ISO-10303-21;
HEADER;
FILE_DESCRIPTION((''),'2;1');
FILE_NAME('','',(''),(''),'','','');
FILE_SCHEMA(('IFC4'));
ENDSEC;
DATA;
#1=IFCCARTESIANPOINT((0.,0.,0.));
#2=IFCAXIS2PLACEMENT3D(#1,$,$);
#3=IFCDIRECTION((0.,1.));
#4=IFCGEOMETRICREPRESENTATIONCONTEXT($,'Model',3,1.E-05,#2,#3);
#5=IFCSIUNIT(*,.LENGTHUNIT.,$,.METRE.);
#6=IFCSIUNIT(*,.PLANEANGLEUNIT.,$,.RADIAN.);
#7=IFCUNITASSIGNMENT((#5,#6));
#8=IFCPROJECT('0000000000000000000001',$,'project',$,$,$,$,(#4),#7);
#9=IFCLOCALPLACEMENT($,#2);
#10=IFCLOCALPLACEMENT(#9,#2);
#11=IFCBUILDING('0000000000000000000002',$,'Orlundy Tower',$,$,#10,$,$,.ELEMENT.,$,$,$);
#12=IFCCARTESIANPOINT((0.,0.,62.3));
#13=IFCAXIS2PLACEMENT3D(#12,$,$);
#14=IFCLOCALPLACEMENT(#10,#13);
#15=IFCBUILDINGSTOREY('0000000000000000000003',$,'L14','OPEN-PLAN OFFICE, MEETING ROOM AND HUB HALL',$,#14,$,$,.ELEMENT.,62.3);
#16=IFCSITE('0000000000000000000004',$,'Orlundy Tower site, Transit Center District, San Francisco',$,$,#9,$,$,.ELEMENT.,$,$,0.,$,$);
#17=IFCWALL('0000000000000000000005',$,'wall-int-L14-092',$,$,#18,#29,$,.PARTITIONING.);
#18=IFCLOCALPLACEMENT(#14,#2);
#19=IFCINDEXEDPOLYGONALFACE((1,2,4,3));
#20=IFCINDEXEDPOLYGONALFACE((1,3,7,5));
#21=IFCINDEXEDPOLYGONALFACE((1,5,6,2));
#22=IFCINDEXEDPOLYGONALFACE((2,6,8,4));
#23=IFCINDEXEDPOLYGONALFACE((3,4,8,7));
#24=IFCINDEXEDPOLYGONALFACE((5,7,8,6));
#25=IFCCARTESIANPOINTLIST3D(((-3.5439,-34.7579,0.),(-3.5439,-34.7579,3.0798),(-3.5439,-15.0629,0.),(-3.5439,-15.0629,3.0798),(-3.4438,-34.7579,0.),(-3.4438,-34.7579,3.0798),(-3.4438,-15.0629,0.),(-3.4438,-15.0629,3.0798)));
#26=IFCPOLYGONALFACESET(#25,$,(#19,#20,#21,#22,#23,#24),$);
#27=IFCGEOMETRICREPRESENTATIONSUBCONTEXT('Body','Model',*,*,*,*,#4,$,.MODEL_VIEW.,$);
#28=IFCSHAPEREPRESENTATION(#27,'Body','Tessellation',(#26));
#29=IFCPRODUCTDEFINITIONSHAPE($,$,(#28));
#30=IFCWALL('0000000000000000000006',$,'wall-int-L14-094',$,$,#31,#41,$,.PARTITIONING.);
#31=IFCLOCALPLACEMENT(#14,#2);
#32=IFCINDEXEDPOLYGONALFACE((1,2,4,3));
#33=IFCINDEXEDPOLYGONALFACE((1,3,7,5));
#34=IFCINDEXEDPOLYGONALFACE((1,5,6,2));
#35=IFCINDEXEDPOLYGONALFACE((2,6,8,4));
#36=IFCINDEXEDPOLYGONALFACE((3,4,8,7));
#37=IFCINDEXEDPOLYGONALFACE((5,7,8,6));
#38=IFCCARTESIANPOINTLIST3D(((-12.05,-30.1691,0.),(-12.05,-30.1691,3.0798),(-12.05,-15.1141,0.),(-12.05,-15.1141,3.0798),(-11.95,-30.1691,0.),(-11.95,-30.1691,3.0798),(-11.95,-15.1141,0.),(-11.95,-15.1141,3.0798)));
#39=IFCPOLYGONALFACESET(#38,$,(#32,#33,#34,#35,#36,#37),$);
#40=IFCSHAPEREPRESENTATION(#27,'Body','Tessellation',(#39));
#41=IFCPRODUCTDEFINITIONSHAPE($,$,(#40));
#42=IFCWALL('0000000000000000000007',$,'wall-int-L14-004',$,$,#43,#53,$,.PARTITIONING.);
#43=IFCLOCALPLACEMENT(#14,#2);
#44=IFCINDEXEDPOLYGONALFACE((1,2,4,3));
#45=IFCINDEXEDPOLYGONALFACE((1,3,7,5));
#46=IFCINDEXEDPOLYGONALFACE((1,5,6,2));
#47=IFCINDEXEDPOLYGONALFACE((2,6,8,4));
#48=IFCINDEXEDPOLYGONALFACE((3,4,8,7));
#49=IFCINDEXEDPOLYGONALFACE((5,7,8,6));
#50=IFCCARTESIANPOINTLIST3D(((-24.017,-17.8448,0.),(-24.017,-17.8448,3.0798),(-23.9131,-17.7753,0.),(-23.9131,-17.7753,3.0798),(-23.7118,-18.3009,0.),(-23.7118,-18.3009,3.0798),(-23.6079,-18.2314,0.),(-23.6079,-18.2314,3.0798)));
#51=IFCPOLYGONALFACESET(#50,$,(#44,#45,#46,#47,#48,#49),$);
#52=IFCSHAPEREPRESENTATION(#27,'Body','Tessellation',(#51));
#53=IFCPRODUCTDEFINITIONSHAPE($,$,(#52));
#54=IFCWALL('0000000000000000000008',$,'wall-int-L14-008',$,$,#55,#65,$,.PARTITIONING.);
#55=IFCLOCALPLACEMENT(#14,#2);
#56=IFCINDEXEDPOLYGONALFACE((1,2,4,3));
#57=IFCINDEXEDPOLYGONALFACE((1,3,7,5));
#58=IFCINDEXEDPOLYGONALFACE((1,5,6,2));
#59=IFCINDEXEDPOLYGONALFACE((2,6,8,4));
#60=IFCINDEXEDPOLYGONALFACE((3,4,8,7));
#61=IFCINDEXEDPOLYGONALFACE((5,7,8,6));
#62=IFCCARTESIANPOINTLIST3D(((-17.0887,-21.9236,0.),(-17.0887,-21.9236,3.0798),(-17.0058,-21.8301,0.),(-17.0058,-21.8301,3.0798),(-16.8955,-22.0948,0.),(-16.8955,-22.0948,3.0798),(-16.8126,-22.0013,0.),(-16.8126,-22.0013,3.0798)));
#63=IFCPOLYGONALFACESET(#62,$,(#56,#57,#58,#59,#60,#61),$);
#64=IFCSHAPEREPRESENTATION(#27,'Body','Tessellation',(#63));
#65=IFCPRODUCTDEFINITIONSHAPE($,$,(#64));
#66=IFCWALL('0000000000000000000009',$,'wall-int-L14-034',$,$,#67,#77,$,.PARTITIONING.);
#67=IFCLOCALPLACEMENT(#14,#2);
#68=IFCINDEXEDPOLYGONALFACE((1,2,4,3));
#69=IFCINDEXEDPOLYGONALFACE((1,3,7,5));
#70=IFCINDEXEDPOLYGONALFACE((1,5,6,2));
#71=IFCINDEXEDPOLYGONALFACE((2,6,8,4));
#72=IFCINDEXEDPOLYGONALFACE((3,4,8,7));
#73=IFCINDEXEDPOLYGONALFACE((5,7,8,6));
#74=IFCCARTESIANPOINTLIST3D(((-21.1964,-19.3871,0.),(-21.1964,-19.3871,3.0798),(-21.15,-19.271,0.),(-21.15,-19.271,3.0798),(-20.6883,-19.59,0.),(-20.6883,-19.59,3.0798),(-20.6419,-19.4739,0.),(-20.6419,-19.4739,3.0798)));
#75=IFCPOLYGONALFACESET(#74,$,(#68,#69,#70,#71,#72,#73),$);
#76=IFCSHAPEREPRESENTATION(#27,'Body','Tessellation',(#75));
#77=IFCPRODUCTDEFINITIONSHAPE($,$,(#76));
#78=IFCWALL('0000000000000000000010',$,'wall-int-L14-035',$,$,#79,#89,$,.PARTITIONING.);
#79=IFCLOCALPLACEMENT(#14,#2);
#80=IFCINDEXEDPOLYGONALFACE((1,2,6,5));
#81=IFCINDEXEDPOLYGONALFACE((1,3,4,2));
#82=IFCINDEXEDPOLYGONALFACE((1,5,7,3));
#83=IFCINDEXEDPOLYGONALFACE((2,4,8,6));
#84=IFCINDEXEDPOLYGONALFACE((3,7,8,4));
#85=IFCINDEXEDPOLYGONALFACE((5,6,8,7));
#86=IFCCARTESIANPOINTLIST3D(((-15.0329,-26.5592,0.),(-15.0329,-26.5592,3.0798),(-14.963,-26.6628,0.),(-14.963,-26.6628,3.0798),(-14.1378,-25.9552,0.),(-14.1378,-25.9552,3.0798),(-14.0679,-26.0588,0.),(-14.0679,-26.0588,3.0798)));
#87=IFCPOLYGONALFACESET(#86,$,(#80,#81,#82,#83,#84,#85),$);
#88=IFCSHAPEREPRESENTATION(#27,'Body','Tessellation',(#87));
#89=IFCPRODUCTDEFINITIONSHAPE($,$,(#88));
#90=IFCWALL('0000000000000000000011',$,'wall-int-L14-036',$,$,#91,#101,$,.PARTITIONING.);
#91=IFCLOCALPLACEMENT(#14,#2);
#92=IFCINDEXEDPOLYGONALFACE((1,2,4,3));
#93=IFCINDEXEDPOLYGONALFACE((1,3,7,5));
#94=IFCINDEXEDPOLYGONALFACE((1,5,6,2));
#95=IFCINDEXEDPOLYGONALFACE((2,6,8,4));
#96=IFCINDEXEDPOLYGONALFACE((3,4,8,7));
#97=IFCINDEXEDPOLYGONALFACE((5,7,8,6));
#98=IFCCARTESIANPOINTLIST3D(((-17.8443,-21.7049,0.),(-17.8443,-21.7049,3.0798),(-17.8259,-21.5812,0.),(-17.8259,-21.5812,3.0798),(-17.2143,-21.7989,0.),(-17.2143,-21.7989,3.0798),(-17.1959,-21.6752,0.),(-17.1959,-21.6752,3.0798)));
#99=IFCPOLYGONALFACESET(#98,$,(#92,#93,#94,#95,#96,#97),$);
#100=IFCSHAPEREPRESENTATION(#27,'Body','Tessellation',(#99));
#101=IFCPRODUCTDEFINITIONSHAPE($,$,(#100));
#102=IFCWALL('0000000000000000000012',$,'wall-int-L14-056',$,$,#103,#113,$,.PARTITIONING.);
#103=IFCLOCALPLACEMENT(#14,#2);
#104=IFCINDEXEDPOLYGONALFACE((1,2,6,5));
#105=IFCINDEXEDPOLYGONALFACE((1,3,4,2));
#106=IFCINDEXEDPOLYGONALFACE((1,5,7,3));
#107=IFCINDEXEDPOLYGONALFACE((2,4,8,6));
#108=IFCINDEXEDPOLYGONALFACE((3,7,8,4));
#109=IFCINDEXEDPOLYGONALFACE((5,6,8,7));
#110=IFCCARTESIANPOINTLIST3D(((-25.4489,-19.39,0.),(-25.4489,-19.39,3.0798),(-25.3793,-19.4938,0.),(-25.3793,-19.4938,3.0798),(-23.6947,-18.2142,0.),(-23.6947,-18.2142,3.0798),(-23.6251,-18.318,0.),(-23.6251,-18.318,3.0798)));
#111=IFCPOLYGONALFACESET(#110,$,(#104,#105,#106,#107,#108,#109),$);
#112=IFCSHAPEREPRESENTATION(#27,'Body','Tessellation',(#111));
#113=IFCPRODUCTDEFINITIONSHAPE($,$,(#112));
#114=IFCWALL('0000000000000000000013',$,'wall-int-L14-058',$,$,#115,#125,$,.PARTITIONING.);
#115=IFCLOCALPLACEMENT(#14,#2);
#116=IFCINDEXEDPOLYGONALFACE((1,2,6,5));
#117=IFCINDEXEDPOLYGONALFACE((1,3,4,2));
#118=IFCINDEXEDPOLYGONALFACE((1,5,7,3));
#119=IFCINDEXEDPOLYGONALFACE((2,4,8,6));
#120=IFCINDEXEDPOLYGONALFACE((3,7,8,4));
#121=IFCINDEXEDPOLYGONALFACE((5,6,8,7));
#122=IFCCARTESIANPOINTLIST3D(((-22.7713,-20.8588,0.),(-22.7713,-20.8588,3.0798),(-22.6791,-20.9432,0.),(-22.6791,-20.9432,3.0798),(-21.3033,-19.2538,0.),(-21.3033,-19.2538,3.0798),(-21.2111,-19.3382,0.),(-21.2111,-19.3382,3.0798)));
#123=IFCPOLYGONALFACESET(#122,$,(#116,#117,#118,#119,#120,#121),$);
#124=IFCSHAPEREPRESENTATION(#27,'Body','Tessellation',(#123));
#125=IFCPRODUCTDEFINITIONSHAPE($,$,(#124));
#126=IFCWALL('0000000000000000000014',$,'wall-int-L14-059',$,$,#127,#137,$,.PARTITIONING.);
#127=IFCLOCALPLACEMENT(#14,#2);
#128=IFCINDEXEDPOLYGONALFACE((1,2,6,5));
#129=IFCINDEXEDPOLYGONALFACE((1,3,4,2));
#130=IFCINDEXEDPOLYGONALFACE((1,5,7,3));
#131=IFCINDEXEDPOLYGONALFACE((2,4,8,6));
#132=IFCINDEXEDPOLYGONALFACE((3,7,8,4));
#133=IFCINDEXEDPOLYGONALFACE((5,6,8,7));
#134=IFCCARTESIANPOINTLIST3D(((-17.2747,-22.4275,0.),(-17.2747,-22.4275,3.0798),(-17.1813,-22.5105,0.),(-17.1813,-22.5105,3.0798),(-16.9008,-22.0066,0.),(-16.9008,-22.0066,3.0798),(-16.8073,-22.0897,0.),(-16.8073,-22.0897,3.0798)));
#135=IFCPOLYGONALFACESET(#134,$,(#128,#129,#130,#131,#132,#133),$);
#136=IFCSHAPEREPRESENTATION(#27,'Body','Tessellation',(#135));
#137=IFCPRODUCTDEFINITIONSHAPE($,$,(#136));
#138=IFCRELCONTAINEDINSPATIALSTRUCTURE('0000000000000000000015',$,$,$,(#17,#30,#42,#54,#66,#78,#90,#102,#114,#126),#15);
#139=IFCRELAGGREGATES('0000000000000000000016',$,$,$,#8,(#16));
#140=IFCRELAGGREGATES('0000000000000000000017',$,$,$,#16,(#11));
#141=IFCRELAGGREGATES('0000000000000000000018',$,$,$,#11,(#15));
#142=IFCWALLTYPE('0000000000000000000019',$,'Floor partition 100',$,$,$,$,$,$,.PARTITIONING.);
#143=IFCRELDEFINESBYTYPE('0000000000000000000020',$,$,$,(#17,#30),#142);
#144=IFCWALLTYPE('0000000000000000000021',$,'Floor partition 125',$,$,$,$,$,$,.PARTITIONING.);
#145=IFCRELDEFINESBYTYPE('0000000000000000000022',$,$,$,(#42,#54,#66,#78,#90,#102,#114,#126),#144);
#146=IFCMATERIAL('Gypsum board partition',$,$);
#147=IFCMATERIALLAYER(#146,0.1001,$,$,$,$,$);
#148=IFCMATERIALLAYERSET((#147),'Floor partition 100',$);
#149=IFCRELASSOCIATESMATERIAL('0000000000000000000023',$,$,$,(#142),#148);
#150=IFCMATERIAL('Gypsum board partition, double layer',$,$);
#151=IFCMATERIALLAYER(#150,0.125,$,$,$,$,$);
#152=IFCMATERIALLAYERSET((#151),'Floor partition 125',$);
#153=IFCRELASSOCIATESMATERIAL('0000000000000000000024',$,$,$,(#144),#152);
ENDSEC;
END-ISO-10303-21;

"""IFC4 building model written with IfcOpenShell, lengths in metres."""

from ifc_helpers import new_model, si_unit, direction, frame, frame_2d, origin, place, context, subcontext, project, spatial, rectangle, extrude, material, layer, layer_set, type_object, element, save


model = new_model("IFC4")

# Units and contexts
model_context = context("Model", 3, precision=1e-05, world=origin(), true_north=direction((0.0, 1.0)))
body_context = subcontext(model_context, "Body", "Model", "MODEL_VIEW")
ifc_project = project(units=[si_unit("LENGTHUNIT", "METRE"), si_unit("PLANEANGLEUNIT", "RADIAN")], contexts=[model_context])

# Site, building, storey
site_placement = place(None, origin())
site = spatial("IfcSite", under=ifc_project, at=site_placement, Name="Orlundy Tower site, Transit Center District, San Francisco", CompositionType="ELEMENT", RefElevation=0.0)
building_placement = place(site_placement, origin())
building = spatial("IfcBuilding", under=site, at=building_placement, Name="Orlundy Tower", CompositionType="ELEMENT")
storey_placement = place(building_placement, frame((0.0, 0.0, 62.3)))
storey = spatial("IfcBuildingStorey", under=building, at=storey_placement, Name="L14", Description="OPEN-PLAN OFFICE, MEETING ROOM AND HUB HALL", CompositionType="ELEMENT", Elevation=62.3)

# Walls
ifc_material_1 = material(Name="Gypsum board partition")
ifc_layer_1 = layer(ifc_material_1, 0.1001)
ifc_layer_set_1 = layer_set([ifc_layer_1], Name="Floor partition 100")
wall_type_1 = type_object("IfcWallType", Name="Floor partition 100", PredefinedType="PARTITIONING", material=ifc_layer_set_1)
wall_1_placement = place(storey_placement, frame((-3.4939, -34.7581, 0.0), z_axis=(0.0, 0.0, 1.0), x_axis=(0.0, 1.0, 0.0)))
element("IfcWall", 1, at=wall_1_placement, inside=storey, type_object=wall_type_1, Name="wall-int-L14-092", PredefinedType="PARTITIONING", context=body_context, shape_type="SweptSolid", body=[
    extrude(rectangle(XDim=19.6951, YDim=0.1001, at=frame_2d((9.8477, 0.0))), origin(), (0.0, 0.0, 1.0), 3.0798),
])
wall_2_placement = place(storey_placement, frame((-12.0, -30.1689, 0.0), z_axis=(0.0, 0.0, 1.0), x_axis=(0.0, 1.0, 0.0)))
element("IfcWall", 2, at=wall_2_placement, inside=storey, type_object=wall_type_1, Name="wall-int-L14-094", PredefinedType="PARTITIONING", context=body_context, shape_type="SweptSolid", body=[
    extrude(rectangle(XDim=15.0549, YDim=0.1001, at=frame_2d((7.5273, 0.0))), origin(), (0.0, 0.0, 1.0), 3.0798),
])
ifc_material_2 = material(Name="Gypsum board partition, double layer")
ifc_layer_2 = layer(ifc_material_2, 0.125)
ifc_layer_set_2 = layer_set([ifc_layer_2], Name="Floor partition 125")
wall_type_2 = type_object("IfcWallType", Name="Floor partition 125", PredefinedType="PARTITIONING", material=ifc_layer_set_2)
wall_3_placement = place(storey_placement, frame((-23.9651, -17.8101, 0.0), z_axis=(0.0, 0.0, 1.0), x_axis=(0.556137, -0.831091, 0.0)))
element("IfcWall", 3, at=wall_3_placement, inside=storey, type_object=wall_type_2, Name="wall-int-L14-004", PredefinedType="PARTITIONING", context=body_context, shape_type="SweptSolid", body=[
    extrude(rectangle(XDim=0.5488, YDim=0.125, at=frame_2d((0.2744, 0.0))), origin(), (0.0, 0.0, 1.0), 3.0798),
])
wall_4_placement = place(storey_placement, frame((-17.0471, -21.877, 0.0), z_axis=(0.0, 0.0, 1.0), x_axis=(0.7484, -0.663247, 0.0)))
element("IfcWall", 4, at=wall_4_placement, inside=storey, type_object=wall_type_2, Name="wall-int-L14-008", PredefinedType="PARTITIONING", context=body_context, shape_type="SweptSolid", body=[
    extrude(rectangle(XDim=0.2581, YDim=0.125, at=frame_2d((0.1289, 0.0))), origin(), (0.0, 0.0, 1.0), 3.0798),
])
wall_5_placement = place(storey_placement, frame((-21.1731, -19.3291, 0.0), z_axis=(0.0, 0.0, 1.0), x_axis=(0.928692, -0.370852, 0.0)))
element("IfcWall", 5, at=wall_5_placement, inside=storey, type_object=wall_type_2, Name="wall-int-L14-034", PredefinedType="PARTITIONING", context=body_context, shape_type="SweptSolid", body=[
    extrude(rectangle(XDim=0.5471, YDim=0.125, at=frame_2d((0.2734, 0.0))), origin(), (0.0, 0.0, 1.0), 3.0798),
])
wall_6_placement = place(storey_placement, frame((-14.998, -26.6111, 0.0), z_axis=(0.0, 0.0, 1.0), x_axis=(0.828906, 0.559387, 0.0)))
element("IfcWall", 6, at=wall_6_placement, inside=storey, type_object=wall_type_2, Name="wall-int-L14-035", PredefinedType="PARTITIONING", context=body_context, shape_type="SweptSolid", body=[
    extrude(rectangle(XDim=1.0798, YDim=0.125, at=frame_2d((0.54, 0.0))), origin(), (0.0, 0.0, 1.0), 3.0798),
])
wall_7_placement = place(storey_placement, frame((-17.835, -21.6431, 0.0), z_axis=(0.0, 0.0, 1.0), x_axis=(0.989049, -0.147591, 0.0)))
element("IfcWall", 7, at=wall_7_placement, inside=storey, type_object=wall_type_2, Name="wall-int-L14-036", PredefinedType="PARTITIONING", context=body_context, shape_type="SweptSolid", body=[
    extrude(rectangle(XDim=0.637, YDim=0.125, at=frame_2d((0.3184, 0.0))), origin(), (0.0, 0.0, 1.0), 3.0798),
])
wall_8_placement = place(storey_placement, frame((-23.6599, -18.2661, 0.0), z_axis=(0.0, 0.0, 1.0), x_axis=(-0.83066, -0.556779, 0.0)))
element("IfcWall", 8, at=wall_8_placement, inside=storey, type_object=wall_type_2, Name="wall-int-L14-056", PredefinedType="PARTITIONING", context=body_context, shape_type="SweptSolid", body=[
    extrude(rectangle(XDim=2.1118, YDim=0.125, at=frame_2d((1.0559, 0.0))), origin(), (0.0, 0.0, 1.0), 3.0798),
])
wall_9_placement = place(storey_placement, frame((-22.7251, -20.9009, 0.0), z_axis=(0.0, 0.0, 1.0), x_axis=(0.674921, 0.73789, 0.0)))
element("IfcWall", 9, at=wall_9_placement, inside=storey, type_object=wall_type_2, Name="wall-int-L14-058", PredefinedType="PARTITIONING", context=body_context, shape_type="SweptSolid", body=[
    extrude(rectangle(XDim=2.175, YDim=0.125, at=frame_2d((1.0874, 0.0))), origin(), (0.0, 0.0, 1.0), 3.0798),
])
wall_10_placement = place(storey_placement, frame((-17.228, -22.469, 0.0), z_axis=(0.0, 0.0, 1.0), x_axis=(0.664256, 0.747505, 0.0)))
element("IfcWall", 10, at=wall_10_placement, inside=storey, type_object=wall_type_2, Name="wall-int-L14-059", PredefinedType="PARTITIONING", context=body_context, shape_type="SweptSolid", body=[
    extrude(rectangle(XDim=0.563, YDim=0.125, at=frame_2d((0.2815, 0.0))), origin(), (0.0, 0.0, 1.0), 3.0798),
])

save(model, "model.ifc")
